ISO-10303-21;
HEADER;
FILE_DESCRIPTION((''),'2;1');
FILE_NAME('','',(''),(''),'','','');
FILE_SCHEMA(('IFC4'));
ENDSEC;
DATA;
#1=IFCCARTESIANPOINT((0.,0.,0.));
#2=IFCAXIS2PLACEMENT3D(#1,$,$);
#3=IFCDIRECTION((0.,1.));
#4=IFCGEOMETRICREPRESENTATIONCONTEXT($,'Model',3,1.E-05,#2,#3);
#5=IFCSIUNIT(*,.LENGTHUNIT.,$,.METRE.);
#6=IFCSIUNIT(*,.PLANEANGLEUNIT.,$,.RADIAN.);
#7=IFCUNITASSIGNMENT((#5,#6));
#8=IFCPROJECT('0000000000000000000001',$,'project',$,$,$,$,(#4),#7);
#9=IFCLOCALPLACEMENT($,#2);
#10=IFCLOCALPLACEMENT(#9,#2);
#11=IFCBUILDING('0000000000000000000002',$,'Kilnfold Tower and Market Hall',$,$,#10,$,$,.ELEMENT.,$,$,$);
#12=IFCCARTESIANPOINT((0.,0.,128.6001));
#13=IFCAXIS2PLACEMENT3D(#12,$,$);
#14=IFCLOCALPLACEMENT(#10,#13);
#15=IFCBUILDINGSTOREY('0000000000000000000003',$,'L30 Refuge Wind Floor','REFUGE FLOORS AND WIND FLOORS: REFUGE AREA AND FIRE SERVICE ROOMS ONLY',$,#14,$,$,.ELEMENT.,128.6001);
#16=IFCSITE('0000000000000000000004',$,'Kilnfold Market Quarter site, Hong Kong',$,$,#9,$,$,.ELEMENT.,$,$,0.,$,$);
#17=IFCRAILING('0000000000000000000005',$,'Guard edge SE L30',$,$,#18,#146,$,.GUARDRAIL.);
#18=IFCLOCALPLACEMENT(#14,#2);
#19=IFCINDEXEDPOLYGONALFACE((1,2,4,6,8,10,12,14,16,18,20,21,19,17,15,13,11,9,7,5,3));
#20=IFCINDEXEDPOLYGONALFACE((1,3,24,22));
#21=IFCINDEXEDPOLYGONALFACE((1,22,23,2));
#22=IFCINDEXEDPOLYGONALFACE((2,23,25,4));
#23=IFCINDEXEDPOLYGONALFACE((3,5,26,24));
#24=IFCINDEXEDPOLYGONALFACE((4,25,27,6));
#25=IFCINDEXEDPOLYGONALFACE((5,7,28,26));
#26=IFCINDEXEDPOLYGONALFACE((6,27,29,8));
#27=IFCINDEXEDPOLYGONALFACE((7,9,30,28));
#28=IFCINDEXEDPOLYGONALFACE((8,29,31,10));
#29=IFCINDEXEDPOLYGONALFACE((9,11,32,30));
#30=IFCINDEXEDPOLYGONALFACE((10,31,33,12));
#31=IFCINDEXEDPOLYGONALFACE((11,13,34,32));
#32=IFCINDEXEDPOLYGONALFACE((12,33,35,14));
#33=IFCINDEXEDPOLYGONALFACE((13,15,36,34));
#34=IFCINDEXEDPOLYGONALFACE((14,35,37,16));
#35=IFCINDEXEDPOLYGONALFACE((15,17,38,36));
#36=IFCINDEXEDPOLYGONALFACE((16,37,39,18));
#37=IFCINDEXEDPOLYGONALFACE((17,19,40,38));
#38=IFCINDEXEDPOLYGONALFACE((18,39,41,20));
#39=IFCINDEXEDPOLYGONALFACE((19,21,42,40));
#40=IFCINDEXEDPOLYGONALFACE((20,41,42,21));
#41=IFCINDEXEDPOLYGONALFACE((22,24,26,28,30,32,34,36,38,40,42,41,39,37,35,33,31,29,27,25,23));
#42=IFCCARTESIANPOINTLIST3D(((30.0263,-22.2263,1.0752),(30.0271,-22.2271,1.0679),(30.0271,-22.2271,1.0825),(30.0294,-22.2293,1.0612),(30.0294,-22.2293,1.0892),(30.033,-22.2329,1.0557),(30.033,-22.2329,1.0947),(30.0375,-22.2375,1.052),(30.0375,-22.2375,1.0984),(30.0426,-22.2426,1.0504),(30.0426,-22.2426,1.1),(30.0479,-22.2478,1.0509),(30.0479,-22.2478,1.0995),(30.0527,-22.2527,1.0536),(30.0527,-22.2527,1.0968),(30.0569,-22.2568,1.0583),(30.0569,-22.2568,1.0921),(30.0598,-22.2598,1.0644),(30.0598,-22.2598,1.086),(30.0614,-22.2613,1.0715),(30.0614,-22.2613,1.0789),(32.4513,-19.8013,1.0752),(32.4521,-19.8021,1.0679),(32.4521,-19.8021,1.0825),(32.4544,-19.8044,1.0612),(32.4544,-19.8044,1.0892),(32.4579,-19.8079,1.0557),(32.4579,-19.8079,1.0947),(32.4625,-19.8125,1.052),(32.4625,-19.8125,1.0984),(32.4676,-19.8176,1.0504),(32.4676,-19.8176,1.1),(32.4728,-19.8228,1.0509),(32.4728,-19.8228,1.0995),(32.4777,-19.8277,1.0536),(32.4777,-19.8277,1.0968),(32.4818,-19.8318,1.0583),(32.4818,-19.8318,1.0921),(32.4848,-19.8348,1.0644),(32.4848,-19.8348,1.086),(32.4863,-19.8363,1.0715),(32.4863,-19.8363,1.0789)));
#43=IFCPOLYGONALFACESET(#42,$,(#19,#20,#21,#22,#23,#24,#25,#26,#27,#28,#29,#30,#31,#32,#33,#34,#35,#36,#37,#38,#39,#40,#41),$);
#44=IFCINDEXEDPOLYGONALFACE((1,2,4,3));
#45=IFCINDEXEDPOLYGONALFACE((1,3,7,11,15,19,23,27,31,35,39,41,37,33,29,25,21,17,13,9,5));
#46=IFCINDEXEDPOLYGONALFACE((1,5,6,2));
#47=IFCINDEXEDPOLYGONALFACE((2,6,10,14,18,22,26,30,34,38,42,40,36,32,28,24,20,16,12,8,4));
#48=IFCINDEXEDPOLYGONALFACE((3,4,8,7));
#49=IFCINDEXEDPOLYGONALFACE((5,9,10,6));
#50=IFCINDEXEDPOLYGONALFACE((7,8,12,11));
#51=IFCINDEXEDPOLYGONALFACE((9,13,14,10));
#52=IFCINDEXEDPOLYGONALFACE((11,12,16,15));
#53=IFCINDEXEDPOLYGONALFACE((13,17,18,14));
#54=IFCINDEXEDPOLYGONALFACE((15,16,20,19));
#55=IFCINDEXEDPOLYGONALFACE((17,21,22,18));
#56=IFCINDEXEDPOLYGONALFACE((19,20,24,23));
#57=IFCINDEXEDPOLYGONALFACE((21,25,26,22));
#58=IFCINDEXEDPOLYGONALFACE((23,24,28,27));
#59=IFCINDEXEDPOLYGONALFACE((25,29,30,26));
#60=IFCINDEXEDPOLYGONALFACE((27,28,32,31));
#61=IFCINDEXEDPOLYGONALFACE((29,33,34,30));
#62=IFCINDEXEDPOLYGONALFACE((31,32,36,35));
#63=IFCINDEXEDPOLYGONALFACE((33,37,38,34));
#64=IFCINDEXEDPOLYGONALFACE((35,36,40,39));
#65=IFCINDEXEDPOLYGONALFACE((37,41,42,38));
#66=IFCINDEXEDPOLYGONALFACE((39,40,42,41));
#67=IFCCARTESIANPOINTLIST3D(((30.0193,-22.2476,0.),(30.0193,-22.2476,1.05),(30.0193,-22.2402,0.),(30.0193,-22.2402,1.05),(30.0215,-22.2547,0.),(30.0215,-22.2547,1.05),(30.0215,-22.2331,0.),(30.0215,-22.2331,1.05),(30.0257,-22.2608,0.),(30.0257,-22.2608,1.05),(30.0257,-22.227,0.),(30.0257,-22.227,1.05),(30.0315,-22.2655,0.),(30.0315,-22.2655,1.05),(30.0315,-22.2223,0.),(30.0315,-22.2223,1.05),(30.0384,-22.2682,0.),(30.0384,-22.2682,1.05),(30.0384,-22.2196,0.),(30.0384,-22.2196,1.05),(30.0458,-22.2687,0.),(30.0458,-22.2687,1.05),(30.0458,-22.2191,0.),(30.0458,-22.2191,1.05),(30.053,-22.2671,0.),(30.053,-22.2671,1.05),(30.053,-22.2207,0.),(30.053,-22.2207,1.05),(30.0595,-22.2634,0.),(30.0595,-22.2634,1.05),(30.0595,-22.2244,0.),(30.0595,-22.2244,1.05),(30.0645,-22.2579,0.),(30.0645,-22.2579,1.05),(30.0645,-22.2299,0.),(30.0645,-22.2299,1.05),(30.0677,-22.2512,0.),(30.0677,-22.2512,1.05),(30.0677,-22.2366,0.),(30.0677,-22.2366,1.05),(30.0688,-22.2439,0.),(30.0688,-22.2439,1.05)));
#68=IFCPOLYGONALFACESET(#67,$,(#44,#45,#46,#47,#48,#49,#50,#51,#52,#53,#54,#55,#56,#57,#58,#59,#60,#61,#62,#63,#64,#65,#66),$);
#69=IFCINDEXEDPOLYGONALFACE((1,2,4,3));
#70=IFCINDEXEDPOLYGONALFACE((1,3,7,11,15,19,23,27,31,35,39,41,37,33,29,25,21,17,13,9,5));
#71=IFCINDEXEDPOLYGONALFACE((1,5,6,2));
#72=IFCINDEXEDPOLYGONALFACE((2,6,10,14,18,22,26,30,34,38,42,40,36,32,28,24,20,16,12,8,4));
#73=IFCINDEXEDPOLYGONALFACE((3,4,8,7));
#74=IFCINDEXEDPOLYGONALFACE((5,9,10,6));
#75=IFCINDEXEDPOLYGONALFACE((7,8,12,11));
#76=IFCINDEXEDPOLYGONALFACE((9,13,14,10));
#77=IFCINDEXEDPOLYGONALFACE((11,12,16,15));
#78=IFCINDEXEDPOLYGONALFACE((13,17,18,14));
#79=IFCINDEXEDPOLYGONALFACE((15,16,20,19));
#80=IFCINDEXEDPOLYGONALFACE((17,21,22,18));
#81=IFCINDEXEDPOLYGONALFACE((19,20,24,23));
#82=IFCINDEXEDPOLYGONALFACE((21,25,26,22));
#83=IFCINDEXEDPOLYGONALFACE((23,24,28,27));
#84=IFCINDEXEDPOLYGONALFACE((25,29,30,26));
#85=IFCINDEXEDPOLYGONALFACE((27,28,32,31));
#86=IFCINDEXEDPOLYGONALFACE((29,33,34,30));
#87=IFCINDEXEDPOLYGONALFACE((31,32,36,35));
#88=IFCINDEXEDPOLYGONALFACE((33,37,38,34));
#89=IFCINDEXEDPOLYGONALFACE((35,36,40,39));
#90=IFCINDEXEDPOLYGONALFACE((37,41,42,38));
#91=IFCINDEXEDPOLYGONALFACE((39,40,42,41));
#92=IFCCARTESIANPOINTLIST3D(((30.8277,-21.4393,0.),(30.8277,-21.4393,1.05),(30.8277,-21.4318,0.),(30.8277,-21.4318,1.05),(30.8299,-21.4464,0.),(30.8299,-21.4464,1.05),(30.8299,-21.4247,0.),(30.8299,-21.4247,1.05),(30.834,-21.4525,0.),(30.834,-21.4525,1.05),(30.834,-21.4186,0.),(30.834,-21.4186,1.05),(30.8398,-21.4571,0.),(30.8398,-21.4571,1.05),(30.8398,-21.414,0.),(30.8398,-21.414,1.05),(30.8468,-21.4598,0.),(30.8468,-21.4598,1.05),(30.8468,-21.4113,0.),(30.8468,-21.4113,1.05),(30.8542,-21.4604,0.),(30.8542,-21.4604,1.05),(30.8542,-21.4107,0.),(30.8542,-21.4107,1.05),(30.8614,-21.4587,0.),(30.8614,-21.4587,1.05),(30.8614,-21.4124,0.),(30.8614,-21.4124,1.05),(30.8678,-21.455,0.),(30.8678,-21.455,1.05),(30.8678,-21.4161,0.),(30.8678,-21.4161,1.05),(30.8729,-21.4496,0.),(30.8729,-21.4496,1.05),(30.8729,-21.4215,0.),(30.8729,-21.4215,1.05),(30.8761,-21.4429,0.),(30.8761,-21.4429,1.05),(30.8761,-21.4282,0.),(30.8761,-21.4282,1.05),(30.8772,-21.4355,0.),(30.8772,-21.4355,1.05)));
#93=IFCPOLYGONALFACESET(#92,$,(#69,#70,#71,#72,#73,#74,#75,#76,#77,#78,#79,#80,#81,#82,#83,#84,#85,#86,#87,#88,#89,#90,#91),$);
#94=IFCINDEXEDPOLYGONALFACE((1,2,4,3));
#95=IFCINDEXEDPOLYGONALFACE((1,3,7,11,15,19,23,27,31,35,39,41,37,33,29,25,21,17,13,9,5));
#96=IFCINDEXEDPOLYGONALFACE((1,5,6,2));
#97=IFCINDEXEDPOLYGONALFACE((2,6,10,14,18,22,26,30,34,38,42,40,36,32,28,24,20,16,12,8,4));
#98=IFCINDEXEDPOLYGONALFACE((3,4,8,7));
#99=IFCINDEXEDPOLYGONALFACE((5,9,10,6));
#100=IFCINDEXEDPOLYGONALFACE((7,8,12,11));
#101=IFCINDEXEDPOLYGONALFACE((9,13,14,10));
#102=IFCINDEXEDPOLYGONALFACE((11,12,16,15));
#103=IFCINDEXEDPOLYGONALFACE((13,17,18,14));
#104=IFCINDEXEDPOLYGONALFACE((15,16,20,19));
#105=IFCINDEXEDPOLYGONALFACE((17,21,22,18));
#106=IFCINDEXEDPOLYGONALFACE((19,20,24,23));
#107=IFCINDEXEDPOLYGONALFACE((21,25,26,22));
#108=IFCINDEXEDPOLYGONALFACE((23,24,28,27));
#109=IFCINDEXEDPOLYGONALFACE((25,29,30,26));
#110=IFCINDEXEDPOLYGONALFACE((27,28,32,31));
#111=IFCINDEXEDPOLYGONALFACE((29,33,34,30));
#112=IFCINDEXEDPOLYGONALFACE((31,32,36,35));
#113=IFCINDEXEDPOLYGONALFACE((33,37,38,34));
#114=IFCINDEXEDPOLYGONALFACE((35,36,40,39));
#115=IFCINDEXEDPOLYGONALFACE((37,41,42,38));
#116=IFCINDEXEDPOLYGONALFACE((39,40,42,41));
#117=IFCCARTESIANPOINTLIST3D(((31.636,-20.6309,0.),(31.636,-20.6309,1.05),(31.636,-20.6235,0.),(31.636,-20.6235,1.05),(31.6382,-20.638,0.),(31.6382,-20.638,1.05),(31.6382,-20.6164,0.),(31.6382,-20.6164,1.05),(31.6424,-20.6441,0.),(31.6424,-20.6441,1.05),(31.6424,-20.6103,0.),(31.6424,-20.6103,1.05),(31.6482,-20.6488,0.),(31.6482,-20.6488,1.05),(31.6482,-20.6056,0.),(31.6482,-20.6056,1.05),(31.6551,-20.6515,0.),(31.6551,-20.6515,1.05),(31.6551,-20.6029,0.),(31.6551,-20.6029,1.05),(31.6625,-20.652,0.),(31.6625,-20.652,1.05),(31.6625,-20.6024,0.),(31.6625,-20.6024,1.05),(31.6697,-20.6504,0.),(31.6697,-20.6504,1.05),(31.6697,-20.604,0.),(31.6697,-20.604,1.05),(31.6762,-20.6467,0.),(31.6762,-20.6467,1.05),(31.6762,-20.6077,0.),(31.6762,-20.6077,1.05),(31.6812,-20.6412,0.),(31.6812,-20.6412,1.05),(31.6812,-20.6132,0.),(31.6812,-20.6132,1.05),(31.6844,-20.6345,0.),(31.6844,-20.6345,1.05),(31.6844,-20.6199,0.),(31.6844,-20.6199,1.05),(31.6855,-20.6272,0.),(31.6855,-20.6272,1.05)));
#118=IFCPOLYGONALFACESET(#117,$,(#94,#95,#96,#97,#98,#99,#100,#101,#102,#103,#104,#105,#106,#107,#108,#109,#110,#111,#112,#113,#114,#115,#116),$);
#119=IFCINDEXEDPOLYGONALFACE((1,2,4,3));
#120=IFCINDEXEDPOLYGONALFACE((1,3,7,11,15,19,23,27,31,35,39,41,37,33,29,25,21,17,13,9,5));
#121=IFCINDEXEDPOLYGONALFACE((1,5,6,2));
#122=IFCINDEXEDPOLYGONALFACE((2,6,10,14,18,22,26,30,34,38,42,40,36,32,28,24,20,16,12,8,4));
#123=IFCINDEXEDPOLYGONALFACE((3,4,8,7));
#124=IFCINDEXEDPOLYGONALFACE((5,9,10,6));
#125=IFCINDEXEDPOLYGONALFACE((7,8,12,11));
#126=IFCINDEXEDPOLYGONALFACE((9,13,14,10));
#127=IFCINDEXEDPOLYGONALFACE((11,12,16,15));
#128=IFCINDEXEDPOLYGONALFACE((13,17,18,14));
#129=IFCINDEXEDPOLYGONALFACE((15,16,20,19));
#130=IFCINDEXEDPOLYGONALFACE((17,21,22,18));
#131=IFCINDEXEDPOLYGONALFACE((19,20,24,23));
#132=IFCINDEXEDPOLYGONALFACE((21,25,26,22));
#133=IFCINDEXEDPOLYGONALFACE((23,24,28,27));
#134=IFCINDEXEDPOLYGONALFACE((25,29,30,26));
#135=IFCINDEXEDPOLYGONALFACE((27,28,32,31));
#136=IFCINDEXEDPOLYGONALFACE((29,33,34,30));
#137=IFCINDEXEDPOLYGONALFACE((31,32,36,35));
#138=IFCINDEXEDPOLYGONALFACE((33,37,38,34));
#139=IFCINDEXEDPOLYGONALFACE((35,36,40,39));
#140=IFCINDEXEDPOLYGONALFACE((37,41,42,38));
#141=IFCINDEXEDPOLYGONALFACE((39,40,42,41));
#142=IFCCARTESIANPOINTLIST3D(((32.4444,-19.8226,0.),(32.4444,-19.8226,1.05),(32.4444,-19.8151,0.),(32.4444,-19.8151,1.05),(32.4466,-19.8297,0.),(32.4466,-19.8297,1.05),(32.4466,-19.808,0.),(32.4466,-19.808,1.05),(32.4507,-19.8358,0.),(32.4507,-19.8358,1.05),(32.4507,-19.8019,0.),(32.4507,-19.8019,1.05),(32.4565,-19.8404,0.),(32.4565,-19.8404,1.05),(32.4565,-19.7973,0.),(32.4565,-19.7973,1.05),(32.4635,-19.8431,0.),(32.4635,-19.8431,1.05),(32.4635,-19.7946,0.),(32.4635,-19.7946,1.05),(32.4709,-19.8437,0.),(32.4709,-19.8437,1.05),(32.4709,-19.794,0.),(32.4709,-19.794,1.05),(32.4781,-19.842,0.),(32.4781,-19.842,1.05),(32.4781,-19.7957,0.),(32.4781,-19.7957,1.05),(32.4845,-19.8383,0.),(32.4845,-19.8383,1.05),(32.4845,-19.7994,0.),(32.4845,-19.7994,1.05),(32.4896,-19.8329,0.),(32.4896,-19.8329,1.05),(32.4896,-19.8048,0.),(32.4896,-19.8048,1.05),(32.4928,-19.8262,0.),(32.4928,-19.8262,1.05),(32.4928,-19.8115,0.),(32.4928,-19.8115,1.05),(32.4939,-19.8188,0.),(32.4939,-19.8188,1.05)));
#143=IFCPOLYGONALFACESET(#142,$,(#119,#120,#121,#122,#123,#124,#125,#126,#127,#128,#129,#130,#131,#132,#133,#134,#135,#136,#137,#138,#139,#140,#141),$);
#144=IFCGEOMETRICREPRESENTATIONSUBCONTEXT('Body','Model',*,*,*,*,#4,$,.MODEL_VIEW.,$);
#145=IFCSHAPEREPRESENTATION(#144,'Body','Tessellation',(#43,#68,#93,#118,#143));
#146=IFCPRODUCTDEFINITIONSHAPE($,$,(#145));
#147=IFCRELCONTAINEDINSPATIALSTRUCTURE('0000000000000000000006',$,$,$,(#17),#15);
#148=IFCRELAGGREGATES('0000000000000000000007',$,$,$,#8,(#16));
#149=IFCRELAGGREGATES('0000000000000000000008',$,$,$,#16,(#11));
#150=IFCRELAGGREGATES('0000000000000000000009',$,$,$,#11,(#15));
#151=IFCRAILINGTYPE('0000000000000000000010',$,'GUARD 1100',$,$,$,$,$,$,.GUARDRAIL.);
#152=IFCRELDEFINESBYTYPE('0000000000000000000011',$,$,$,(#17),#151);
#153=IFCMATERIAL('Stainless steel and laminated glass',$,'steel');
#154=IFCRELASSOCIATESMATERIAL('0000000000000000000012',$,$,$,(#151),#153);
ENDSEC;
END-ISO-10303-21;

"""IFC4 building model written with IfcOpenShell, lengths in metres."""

from ifc_helpers import new_model, si_unit, direction, frame, origin, origin_2d, place, context, subcontext, project, spatial, circle, extrude, material, type_object, element, save


model = new_model("IFC4")

# Units and contexts
model_context = context("Model", 3, precision=1e-05, world=origin(), true_north=direction((0.0, 1.0)))
body_context = subcontext(model_context, "Body", "Model", "MODEL_VIEW")
ifc_project = project(units=[si_unit("LENGTHUNIT", "METRE"), si_unit("PLANEANGLEUNIT", "RADIAN")], contexts=[model_context])

# Site, building, storey
site_placement = place(None, origin())
site = spatial("IfcSite", under=ifc_project, at=site_placement, Name="Kilnfold Market Quarter site, Hong Kong", CompositionType="ELEMENT", RefElevation=0.0)
building_placement = place(site_placement, origin())
building = spatial("IfcBuilding", under=site, at=building_placement, Name="Kilnfold Tower and Market Hall", CompositionType="ELEMENT")
storey_placement = place(building_placement, frame((0.0, 0.0, 128.6001)))
storey = spatial("IfcBuildingStorey", under=building, at=storey_placement, Name="L30 Refuge Wind Floor", Description="REFUGE FLOORS AND WIND FLOORS: REFUGE AREA AND FIRE SERVICE ROOMS ONLY", CompositionType="ELEMENT", Elevation=128.6001)

# Railing
ifc_material_1 = material(Name="Stainless steel and laminated glass", Category="steel")
railing_type_1 = type_object("IfcRailingType", Name="GUARD 1100", PredefinedType="GUARDRAIL", material=ifc_material_1)
railing_1_placement = place(storey_placement, frame((30.0439, -22.2439, 0.0)))
element("IfcRailing", 1, at=railing_1_placement, inside=storey, type_object=railing_type_1, Name="Guard edge SE L30", PredefinedType="GUARDRAIL", context=body_context, shape_type="SweptSolid", body=[
    extrude(circle(Radius=0.0249, at=origin_2d()), frame((0.0, 0.0, 1.0752), z_axis=(0.707107, 0.707107, 0.0), x_axis=(-0.707107, 0.707107, 0.0)), (0.0, 0.0, 1.0), 3.4294),
    extrude(circle(Radius=0.0249, at=origin_2d()), origin(), (0.0, 0.0, 1.0), 1.05),
    extrude(circle(Radius=0.0249, at=origin_2d()), frame((0.8083, 0.8083, 0.0)), (0.0, 0.0, 1.0), 1.05),
    extrude(circle(Radius=0.0249, at=origin_2d()), frame((1.6167, 1.6167, 0.0)), (0.0, 0.0, 1.0), 1.05),
    extrude(circle(Radius=0.0249, at=origin_2d()), frame((2.425, 2.425, 0.0)), (0.0, 0.0, 1.0), 1.05),
])

save(model, "model.ifc")
